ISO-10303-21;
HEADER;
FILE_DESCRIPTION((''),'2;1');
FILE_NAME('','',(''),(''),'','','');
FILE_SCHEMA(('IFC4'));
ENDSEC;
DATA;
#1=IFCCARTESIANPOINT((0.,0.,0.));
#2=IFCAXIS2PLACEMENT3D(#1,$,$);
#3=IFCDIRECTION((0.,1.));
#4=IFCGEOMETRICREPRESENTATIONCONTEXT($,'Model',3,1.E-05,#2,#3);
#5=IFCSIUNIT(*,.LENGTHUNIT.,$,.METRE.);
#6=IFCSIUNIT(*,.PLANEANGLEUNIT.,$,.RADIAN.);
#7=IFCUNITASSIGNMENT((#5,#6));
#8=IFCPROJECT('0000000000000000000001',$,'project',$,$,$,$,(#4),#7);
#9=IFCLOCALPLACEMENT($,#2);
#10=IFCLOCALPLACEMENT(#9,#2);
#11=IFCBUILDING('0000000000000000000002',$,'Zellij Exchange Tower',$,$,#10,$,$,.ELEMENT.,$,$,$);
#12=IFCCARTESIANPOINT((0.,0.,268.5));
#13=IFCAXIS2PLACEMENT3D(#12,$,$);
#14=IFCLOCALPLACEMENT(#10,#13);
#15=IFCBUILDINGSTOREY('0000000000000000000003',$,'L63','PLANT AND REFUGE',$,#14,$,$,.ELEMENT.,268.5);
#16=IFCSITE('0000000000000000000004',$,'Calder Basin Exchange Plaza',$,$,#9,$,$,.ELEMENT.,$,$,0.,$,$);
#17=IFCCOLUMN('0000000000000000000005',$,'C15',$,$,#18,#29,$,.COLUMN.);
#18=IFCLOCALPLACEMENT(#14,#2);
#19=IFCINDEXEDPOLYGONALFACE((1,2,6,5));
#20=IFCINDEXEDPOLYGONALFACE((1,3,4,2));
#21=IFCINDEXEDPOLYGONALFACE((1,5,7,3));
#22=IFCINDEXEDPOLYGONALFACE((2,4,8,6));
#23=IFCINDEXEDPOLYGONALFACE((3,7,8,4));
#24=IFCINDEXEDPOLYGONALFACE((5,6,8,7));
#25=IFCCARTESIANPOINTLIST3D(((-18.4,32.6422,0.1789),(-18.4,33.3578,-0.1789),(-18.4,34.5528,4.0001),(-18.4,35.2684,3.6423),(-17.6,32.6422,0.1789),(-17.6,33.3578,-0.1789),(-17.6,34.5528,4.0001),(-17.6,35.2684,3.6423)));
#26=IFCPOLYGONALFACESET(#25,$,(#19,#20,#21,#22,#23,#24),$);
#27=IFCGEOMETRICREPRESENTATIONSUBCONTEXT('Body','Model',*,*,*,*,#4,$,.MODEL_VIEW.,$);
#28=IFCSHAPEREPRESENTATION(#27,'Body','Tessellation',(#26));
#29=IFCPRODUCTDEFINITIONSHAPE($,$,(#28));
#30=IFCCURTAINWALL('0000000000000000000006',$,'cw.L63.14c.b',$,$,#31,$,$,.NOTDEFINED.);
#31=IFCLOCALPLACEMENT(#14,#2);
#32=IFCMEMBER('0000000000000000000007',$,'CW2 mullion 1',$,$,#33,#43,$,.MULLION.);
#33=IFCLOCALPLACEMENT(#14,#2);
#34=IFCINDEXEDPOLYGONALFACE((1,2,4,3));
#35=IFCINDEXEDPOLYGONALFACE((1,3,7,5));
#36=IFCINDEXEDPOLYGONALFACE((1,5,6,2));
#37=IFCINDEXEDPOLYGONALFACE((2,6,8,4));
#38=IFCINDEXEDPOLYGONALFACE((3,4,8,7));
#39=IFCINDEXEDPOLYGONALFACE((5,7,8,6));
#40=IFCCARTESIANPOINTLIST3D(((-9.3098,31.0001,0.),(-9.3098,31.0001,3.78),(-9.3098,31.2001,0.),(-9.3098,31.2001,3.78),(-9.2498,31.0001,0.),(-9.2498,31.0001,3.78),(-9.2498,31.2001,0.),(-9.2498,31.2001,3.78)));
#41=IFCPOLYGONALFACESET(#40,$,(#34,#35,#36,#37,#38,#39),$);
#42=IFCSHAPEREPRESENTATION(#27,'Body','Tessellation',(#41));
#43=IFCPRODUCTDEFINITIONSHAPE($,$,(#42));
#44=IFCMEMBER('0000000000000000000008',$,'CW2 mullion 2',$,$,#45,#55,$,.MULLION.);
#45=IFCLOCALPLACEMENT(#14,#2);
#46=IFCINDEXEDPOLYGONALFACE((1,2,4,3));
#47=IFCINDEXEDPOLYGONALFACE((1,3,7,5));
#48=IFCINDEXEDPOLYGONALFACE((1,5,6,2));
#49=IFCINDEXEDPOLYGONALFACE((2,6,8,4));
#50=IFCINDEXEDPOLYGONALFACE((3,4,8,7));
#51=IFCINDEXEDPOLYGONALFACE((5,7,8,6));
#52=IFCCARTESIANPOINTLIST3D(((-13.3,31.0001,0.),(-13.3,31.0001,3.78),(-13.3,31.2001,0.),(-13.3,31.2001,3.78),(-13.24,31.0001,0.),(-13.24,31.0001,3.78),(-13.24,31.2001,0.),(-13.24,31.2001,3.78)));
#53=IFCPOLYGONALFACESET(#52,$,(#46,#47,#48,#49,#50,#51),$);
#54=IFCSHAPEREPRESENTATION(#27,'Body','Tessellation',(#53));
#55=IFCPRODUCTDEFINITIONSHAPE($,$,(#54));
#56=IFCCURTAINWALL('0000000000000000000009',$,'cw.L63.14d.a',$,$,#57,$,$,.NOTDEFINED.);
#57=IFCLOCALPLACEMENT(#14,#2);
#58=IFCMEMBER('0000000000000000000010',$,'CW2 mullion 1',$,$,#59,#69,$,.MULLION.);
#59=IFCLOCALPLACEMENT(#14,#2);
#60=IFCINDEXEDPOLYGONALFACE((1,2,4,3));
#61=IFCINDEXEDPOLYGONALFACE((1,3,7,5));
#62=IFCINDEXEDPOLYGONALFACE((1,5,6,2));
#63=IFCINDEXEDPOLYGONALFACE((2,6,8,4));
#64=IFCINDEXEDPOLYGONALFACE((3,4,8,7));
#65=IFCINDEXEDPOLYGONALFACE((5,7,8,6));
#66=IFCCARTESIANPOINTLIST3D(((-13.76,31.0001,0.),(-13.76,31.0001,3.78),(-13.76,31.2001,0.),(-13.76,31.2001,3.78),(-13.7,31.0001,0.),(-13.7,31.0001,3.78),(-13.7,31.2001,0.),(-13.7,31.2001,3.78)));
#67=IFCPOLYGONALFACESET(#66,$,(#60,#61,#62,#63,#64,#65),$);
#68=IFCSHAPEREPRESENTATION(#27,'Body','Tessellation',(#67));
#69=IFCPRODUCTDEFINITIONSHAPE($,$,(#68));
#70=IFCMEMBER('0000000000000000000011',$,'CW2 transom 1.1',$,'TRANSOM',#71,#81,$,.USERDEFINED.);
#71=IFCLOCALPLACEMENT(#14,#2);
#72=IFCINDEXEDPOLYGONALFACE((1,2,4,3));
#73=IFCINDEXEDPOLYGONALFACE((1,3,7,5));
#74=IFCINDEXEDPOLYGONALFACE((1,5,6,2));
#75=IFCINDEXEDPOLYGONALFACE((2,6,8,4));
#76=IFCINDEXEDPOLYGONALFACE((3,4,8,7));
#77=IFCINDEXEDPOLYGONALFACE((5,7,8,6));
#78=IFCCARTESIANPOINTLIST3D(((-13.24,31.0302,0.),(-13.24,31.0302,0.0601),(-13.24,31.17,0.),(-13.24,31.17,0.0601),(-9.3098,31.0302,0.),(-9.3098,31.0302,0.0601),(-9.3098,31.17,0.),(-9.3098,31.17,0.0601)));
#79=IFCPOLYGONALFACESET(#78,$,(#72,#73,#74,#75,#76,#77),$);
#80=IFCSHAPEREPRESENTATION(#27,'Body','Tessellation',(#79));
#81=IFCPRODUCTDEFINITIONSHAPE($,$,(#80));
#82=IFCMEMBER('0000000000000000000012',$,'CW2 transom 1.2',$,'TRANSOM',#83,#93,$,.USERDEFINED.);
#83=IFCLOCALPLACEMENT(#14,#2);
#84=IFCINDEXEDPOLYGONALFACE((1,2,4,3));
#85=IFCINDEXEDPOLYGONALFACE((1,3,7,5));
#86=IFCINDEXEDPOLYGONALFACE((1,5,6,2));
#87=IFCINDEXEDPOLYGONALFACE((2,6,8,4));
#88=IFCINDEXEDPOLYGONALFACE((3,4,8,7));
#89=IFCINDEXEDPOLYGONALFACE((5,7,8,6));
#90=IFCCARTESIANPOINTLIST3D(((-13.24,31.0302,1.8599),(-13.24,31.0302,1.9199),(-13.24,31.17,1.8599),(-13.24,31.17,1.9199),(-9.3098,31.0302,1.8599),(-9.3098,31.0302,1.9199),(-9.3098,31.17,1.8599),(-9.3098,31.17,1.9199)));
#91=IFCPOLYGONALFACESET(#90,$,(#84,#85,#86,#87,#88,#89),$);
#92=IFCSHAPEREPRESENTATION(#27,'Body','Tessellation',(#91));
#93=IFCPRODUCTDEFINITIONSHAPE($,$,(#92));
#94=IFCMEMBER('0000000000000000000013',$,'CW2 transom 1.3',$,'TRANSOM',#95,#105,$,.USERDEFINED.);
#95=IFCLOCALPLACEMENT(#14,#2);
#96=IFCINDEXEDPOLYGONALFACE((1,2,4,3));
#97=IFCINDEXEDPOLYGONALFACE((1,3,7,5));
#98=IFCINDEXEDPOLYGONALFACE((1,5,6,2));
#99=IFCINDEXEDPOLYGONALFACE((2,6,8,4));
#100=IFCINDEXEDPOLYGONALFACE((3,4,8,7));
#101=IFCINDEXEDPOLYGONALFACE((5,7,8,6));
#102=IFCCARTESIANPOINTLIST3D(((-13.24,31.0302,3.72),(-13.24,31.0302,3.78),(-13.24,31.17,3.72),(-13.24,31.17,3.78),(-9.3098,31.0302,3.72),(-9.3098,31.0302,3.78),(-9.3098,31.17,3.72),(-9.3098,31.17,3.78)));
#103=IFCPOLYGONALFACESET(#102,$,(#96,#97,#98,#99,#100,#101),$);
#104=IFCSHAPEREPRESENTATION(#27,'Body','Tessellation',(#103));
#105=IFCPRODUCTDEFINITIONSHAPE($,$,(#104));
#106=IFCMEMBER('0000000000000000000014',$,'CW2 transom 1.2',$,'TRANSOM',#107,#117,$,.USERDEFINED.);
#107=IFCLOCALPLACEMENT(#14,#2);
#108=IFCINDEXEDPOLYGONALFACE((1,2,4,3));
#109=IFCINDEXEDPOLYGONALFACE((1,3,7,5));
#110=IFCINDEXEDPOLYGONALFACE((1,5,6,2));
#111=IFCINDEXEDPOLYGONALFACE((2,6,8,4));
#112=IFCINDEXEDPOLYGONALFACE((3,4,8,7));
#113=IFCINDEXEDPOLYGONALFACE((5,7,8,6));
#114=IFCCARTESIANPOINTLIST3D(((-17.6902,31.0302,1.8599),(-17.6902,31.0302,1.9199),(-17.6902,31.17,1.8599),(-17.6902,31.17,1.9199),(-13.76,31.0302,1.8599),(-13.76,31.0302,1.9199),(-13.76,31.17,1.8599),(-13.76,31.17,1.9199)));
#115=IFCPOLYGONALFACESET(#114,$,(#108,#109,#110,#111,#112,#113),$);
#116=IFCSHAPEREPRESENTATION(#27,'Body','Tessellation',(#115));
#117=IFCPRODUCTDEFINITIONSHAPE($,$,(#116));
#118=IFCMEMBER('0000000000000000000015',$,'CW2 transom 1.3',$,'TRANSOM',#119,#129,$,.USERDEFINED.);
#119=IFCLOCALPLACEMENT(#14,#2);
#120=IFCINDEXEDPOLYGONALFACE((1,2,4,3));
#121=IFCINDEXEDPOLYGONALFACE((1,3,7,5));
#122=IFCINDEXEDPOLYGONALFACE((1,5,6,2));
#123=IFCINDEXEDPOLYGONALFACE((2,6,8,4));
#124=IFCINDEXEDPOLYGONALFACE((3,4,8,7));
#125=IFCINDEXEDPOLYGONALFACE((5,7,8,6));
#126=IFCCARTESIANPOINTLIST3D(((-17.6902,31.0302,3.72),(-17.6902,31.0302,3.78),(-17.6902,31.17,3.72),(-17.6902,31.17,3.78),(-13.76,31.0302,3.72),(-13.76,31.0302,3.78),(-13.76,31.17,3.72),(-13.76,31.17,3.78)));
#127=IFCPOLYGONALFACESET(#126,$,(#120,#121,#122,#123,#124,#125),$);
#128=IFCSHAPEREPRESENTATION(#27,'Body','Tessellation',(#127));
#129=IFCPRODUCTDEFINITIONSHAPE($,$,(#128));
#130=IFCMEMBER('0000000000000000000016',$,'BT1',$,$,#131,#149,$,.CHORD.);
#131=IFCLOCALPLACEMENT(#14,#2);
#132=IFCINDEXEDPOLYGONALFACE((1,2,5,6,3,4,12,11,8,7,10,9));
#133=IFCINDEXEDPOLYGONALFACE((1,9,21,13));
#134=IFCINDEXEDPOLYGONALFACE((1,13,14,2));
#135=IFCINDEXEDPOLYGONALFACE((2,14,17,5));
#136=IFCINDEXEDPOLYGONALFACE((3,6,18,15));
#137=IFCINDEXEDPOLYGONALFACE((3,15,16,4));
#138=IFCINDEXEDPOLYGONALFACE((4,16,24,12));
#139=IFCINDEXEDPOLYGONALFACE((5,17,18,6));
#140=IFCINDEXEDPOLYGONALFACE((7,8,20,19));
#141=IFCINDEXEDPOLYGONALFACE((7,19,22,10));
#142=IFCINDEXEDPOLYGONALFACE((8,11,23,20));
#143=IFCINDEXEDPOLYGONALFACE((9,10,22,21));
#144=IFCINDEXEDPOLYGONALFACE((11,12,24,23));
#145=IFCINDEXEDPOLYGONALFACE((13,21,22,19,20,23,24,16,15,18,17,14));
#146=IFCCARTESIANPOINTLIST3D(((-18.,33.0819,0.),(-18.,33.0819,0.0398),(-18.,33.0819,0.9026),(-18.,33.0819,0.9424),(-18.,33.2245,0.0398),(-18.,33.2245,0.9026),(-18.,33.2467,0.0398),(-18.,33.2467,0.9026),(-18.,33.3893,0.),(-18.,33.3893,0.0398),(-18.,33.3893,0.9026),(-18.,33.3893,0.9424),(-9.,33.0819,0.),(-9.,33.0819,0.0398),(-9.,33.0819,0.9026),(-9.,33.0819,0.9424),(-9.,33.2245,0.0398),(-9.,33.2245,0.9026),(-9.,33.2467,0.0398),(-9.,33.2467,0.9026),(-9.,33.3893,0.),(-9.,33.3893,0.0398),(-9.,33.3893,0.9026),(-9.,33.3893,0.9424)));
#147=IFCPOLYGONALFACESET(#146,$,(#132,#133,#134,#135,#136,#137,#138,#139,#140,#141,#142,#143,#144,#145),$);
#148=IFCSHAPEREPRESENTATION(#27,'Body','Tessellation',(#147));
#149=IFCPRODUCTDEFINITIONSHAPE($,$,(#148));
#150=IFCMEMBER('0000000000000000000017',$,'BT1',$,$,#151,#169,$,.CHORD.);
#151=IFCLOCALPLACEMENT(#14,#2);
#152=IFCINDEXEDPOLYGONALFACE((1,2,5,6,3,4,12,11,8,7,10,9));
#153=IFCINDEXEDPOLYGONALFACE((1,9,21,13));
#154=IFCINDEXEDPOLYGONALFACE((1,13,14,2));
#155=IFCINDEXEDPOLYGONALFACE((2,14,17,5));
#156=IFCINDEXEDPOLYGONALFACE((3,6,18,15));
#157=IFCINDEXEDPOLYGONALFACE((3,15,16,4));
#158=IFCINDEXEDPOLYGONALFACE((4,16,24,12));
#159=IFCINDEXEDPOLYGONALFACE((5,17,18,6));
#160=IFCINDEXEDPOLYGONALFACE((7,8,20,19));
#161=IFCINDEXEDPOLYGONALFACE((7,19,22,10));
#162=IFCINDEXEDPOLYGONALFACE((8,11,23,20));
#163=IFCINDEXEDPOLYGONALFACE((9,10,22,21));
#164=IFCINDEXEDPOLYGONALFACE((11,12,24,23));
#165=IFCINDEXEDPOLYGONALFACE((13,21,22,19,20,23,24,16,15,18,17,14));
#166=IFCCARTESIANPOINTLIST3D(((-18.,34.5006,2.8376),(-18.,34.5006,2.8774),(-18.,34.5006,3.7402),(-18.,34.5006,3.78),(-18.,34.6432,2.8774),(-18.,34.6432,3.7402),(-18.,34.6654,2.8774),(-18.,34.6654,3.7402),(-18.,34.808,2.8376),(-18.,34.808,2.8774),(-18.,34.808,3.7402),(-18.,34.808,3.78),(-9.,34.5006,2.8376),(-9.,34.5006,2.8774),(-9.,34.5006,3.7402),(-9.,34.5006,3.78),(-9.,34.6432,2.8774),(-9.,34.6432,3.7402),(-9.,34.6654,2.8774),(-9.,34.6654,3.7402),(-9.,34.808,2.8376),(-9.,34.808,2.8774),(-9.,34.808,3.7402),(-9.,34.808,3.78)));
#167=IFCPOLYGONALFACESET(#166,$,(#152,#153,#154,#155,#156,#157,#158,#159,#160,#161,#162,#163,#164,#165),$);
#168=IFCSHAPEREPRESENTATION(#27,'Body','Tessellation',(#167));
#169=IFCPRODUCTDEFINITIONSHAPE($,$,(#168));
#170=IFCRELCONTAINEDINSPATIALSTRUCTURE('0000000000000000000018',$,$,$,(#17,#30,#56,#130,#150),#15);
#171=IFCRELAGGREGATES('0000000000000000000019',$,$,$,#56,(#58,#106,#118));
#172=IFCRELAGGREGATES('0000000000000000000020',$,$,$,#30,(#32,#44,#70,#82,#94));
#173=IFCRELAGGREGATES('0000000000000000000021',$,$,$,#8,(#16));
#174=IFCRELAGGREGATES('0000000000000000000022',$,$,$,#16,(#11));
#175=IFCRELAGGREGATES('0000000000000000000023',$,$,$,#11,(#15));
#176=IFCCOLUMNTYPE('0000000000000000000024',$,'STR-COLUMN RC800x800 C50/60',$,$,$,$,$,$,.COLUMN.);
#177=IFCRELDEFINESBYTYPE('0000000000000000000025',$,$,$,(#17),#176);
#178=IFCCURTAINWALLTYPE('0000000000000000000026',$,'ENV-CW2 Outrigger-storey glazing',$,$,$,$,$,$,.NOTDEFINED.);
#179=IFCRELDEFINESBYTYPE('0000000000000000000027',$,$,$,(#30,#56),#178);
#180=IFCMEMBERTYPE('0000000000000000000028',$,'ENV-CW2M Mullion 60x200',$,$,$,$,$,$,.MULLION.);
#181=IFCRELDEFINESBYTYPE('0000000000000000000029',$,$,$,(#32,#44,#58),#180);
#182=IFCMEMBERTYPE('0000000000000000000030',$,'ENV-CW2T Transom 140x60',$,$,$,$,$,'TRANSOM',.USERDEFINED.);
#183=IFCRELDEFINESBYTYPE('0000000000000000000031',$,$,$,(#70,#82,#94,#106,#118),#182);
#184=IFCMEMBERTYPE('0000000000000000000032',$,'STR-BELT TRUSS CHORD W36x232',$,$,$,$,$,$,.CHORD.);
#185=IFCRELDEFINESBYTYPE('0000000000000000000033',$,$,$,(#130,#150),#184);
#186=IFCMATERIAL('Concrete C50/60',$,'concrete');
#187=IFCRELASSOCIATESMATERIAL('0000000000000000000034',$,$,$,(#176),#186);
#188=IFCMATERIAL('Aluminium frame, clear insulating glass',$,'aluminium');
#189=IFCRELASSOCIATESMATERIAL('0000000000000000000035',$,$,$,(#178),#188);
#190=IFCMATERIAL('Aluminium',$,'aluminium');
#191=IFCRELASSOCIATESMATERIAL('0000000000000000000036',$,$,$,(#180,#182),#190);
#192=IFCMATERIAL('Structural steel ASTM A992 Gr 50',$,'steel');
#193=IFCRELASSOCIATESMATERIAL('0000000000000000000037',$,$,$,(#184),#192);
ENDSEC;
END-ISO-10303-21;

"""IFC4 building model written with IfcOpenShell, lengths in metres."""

from ifc_helpers import new_model, si_unit, direction, frame, origin, origin_2d, place, context, subcontext, project, spatial, rectangle, i_section, extrude, clip, halfspace, material, material_profile, profile_set, type_object, element, aggregate, save


model = new_model("IFC4")

# Units and contexts
model_context = context("Model", 3, precision=1e-05, world=origin(), true_north=direction((0.0, 1.0)))
body_context = subcontext(model_context, "Body", "Model", "MODEL_VIEW")
ifc_project = project(units=[si_unit("LENGTHUNIT", "METRE"), si_unit("PLANEANGLEUNIT", "RADIAN")], contexts=[model_context])

# Site, building, storey
site_placement = place(None, origin())
site = spatial("IfcSite", under=ifc_project, at=site_placement, Name="Calder Basin Exchange Plaza", CompositionType="ELEMENT", RefElevation=0.0)
building_placement = place(site_placement, origin())
building = spatial("IfcBuilding", under=site, at=building_placement, Name="Zellij Exchange Tower", CompositionType="ELEMENT")
storey_placement = place(building_placement, frame((0.0, 0.0, 268.5)))
storey = spatial("IfcBuildingStorey", under=building, at=storey_placement, Name="L63", Description="PLANT AND REFUGE", CompositionType="ELEMENT", Elevation=268.5)

# Column
ifc_material_1 = material(Name="Concrete C50/60", Category="concrete")
ifc_material_profile_1 = material_profile(ifc_material_1, rectangle(XDim=0.8, YDim=0.8, at=origin_2d()), Name="STR-COLUMN RC800x800 C50/60")
ifc_profile_set_1 = profile_set([ifc_material_profile_1], Name="Concrete C50/60")
column_type = type_object("IfcColumnType", Name="STR-COLUMN RC800x800 C50/60", PredefinedType="COLUMN", material=ifc_profile_set_1)
column_placement = place(storey_placement, frame((-18.0, 33.0, 0.0), z_axis=(0.0, 0.447214, 0.894427), x_axis=(-1.0, 0.0, 0.0)))
element("IfcColumn", 1, at=column_placement, inside=storey, type_object=column_type, Name="C15", PredefinedType="COLUMN", context=body_context, shape_type="Clipping", body=[
    clip(extrude(rectangle(XDim=0.8, YDim=0.8, at=origin_2d()), origin(), (0.0, 0.0, 1.0), 4.4722), halfspace(frame((0.0, 0.0, 4.2722)), False)),
])

# Curtain wall, members
ifc_material_2 = material(Name="Aluminium frame, clear insulating glass", Category="aluminium")
curtain_wall_type = type_object("IfcCurtainWallType", Name="ENV-CW2 Outrigger-storey glazing", PredefinedType="NOTDEFINED", material=ifc_material_2)
curtain_wall_1_placement = place(storey_placement, origin())
curtain_wall_1 = element("IfcCurtainWall", 2, at=curtain_wall_1_placement, inside=storey, type_object=curtain_wall_type, Name="cw.L63.14c.b", PredefinedType="NOTDEFINED")
ifc_material_3 = material(Name="Aluminium", Category="aluminium")
ifc_material_profile_2 = material_profile(ifc_material_3, rectangle(XDim=0.0601, YDim=0.2, at=origin_2d()), Name="AL 60x200")
ifc_profile_set_2 = profile_set([ifc_material_profile_2], Name="Aluminium")
member_type_1 = type_object("IfcMemberType", Name="ENV-CW2M Mullion 60x200", PredefinedType="MULLION", material=ifc_profile_set_2)
member_1_placement = place(storey_placement, frame((-9.2798, 31.1001, 0.0), z_axis=(0.0, 0.0, 1.0), x_axis=(-1.0, 0.0, 0.0)))
member_1 = element("IfcMember", 3, at=member_1_placement, type_object=member_type_1, Name="CW2 mullion 1", PredefinedType="MULLION", context=body_context, shape_type="SweptSolid", body=[
    extrude(rectangle(XDim=0.0601, YDim=0.2, at=origin_2d()), origin(), (0.0, 0.0, 1.0), 3.78),
])
member_2_placement = place(storey_placement, frame((-13.27, 31.1001, 0.0), z_axis=(0.0, 0.0, 1.0), x_axis=(-1.0, 0.0, 0.0)))
member_2 = element("IfcMember", 4, at=member_2_placement, type_object=member_type_1, Name="CW2 mullion 2", PredefinedType="MULLION", context=body_context, shape_type="SweptSolid", body=[
    extrude(rectangle(XDim=0.0601, YDim=0.2, at=origin_2d()), origin(), (0.0, 0.0, 1.0), 3.78),
])

# Curtain wall, member
curtain_wall_2_placement = place(storey_placement, origin())
curtain_wall_2 = element("IfcCurtainWall", 5, at=curtain_wall_2_placement, inside=storey, type_object=curtain_wall_type, Name="cw.L63.14d.a", PredefinedType="NOTDEFINED")
member_3_placement = place(storey_placement, frame((-13.73, 31.1001, 0.0), z_axis=(0.0, 0.0, 1.0), x_axis=(-1.0, 0.0, 0.0)))
member_3 = element("IfcMember", 6, at=member_3_placement, type_object=member_type_1, Name="CW2 mullion 1", PredefinedType="MULLION", context=body_context, shape_type="SweptSolid", body=[
    extrude(rectangle(XDim=0.0601, YDim=0.2, at=origin_2d()), origin(), (0.0, 0.0, 1.0), 3.78),
])

# Members
ifc_material_profile_3 = material_profile(ifc_material_3, rectangle(XDim=0.1399, YDim=0.0601, at=origin_2d()), Name="AL 140x60")
ifc_profile_set_3 = profile_set([ifc_material_profile_3], Name="Aluminium")
member_type_2 = type_object("IfcMemberType", Name="ENV-CW2T Transom 140x60", ElementType="TRANSOM", PredefinedType="USERDEFINED", material=ifc_profile_set_3)
member_4_placement = place(storey_placement, frame((-9.3098, 31.1001, 0.03), z_axis=(-1.0, 0.0, 0.0), x_axis=(0.0, -1.0, 0.0)))
member_4 = element("IfcMember", 7, at=member_4_placement, type_object=member_type_2, Name="CW2 transom 1.1", ObjectType="TRANSOM", PredefinedType="USERDEFINED", context=body_context, shape_type="SweptSolid", body=[
    extrude(rectangle(XDim=0.1399, YDim=0.0601, at=origin_2d()), origin(), (0.0, 0.0, 1.0), 3.9302),
])
member_5_placement = place(storey_placement, frame((-9.3098, 31.1001, 1.8899), z_axis=(-1.0, 0.0, 0.0), x_axis=(0.0, -1.0, 0.0)))
member_5 = element("IfcMember", 8, at=member_5_placement, type_object=member_type_2, Name="CW2 transom 1.2", ObjectType="TRANSOM", PredefinedType="USERDEFINED", context=body_context, shape_type="SweptSolid", body=[
    extrude(rectangle(XDim=0.1399, YDim=0.0601, at=origin_2d()), origin(), (0.0, 0.0, 1.0), 3.9302),
])
member_6_placement = place(storey_placement, frame((-9.3098, 31.1001, 3.75), z_axis=(-1.0, 0.0, 0.0), x_axis=(0.0, -1.0, 0.0)))
member_6 = element("IfcMember", 9, at=member_6_placement, type_object=member_type_2, Name="CW2 transom 1.3", ObjectType="TRANSOM", PredefinedType="USERDEFINED", context=body_context, shape_type="SweptSolid", body=[
    extrude(rectangle(XDim=0.1399, YDim=0.0601, at=origin_2d()), origin(), (0.0, 0.0, 1.0), 3.9302),
])
member_7_placement = place(storey_placement, frame((-13.76, 31.1001, 1.8899), z_axis=(-1.0, 0.0, 0.0), x_axis=(0.0, -1.0, 0.0)))
member_7 = element("IfcMember", 10, at=member_7_placement, type_object=member_type_2, Name="CW2 transom 1.2", ObjectType="TRANSOM", PredefinedType="USERDEFINED", context=body_context, shape_type="SweptSolid", body=[
    extrude(rectangle(XDim=0.1399, YDim=0.0601, at=origin_2d()), origin(), (0.0, 0.0, 1.0), 3.9302),
])
member_8_placement = place(storey_placement, frame((-13.76, 31.1001, 3.75), z_axis=(-1.0, 0.0, 0.0), x_axis=(0.0, -1.0, 0.0)))
member_8 = element("IfcMember", 11, at=member_8_placement, type_object=member_type_2, Name="CW2 transom 1.3", ObjectType="TRANSOM", PredefinedType="USERDEFINED", context=body_context, shape_type="SweptSolid", body=[
    extrude(rectangle(XDim=0.1399, YDim=0.0601, at=origin_2d()), origin(), (0.0, 0.0, 1.0), 3.9302),
])
aggregate(curtain_wall_2, [member_3, member_7, member_8])

# Members
ifc_material_4 = material(Name="Structural steel ASTM A992 Gr 50", Category="steel")
ifc_material_profile_4 = material_profile(ifc_material_4, i_section(OverallWidth=0.3074, OverallDepth=0.9424, WebThickness=0.0222, FlangeThickness=0.0398, at=origin_2d()), Name="W36x232")
ifc_profile_set_4 = profile_set([ifc_material_profile_4], Name="Structural steel ASTM A992 Gr 50")
member_type_3 = type_object("IfcMemberType", Name="STR-BELT TRUSS CHORD W36x232", PredefinedType="CHORD", material=ifc_profile_set_4)
for number, where, z_axis, x_axis, name in (
    (12, (-18.0, 33.2356, 0.4712), (1.0, 0.0, 0.0), (0.0, 1.0, 0.0), "BT1"),
    (13, (-18.0, 34.6543, 3.3088), (1.0, 0.0, 0.0), (0.0, 1.0, 0.0), "BT1"),
):
    element("IfcMember", number, at=place(storey_placement, frame(where, z_axis=z_axis, x_axis=x_axis)), inside=storey, type_object=member_type_3, Name=name, PredefinedType="CHORD", context=body_context, shape_type="SweptSolid", body=[
        extrude(i_section(OverallWidth=0.3074, OverallDepth=0.9424, WebThickness=0.0222, FlangeThickness=0.0398, at=origin_2d()), origin(), (0.0, 0.0, 1.0), 9.0),
    ])

aggregate(curtain_wall_1, [member_1, member_2, member_4, member_5, member_6])

save(model, "model.ifc")
